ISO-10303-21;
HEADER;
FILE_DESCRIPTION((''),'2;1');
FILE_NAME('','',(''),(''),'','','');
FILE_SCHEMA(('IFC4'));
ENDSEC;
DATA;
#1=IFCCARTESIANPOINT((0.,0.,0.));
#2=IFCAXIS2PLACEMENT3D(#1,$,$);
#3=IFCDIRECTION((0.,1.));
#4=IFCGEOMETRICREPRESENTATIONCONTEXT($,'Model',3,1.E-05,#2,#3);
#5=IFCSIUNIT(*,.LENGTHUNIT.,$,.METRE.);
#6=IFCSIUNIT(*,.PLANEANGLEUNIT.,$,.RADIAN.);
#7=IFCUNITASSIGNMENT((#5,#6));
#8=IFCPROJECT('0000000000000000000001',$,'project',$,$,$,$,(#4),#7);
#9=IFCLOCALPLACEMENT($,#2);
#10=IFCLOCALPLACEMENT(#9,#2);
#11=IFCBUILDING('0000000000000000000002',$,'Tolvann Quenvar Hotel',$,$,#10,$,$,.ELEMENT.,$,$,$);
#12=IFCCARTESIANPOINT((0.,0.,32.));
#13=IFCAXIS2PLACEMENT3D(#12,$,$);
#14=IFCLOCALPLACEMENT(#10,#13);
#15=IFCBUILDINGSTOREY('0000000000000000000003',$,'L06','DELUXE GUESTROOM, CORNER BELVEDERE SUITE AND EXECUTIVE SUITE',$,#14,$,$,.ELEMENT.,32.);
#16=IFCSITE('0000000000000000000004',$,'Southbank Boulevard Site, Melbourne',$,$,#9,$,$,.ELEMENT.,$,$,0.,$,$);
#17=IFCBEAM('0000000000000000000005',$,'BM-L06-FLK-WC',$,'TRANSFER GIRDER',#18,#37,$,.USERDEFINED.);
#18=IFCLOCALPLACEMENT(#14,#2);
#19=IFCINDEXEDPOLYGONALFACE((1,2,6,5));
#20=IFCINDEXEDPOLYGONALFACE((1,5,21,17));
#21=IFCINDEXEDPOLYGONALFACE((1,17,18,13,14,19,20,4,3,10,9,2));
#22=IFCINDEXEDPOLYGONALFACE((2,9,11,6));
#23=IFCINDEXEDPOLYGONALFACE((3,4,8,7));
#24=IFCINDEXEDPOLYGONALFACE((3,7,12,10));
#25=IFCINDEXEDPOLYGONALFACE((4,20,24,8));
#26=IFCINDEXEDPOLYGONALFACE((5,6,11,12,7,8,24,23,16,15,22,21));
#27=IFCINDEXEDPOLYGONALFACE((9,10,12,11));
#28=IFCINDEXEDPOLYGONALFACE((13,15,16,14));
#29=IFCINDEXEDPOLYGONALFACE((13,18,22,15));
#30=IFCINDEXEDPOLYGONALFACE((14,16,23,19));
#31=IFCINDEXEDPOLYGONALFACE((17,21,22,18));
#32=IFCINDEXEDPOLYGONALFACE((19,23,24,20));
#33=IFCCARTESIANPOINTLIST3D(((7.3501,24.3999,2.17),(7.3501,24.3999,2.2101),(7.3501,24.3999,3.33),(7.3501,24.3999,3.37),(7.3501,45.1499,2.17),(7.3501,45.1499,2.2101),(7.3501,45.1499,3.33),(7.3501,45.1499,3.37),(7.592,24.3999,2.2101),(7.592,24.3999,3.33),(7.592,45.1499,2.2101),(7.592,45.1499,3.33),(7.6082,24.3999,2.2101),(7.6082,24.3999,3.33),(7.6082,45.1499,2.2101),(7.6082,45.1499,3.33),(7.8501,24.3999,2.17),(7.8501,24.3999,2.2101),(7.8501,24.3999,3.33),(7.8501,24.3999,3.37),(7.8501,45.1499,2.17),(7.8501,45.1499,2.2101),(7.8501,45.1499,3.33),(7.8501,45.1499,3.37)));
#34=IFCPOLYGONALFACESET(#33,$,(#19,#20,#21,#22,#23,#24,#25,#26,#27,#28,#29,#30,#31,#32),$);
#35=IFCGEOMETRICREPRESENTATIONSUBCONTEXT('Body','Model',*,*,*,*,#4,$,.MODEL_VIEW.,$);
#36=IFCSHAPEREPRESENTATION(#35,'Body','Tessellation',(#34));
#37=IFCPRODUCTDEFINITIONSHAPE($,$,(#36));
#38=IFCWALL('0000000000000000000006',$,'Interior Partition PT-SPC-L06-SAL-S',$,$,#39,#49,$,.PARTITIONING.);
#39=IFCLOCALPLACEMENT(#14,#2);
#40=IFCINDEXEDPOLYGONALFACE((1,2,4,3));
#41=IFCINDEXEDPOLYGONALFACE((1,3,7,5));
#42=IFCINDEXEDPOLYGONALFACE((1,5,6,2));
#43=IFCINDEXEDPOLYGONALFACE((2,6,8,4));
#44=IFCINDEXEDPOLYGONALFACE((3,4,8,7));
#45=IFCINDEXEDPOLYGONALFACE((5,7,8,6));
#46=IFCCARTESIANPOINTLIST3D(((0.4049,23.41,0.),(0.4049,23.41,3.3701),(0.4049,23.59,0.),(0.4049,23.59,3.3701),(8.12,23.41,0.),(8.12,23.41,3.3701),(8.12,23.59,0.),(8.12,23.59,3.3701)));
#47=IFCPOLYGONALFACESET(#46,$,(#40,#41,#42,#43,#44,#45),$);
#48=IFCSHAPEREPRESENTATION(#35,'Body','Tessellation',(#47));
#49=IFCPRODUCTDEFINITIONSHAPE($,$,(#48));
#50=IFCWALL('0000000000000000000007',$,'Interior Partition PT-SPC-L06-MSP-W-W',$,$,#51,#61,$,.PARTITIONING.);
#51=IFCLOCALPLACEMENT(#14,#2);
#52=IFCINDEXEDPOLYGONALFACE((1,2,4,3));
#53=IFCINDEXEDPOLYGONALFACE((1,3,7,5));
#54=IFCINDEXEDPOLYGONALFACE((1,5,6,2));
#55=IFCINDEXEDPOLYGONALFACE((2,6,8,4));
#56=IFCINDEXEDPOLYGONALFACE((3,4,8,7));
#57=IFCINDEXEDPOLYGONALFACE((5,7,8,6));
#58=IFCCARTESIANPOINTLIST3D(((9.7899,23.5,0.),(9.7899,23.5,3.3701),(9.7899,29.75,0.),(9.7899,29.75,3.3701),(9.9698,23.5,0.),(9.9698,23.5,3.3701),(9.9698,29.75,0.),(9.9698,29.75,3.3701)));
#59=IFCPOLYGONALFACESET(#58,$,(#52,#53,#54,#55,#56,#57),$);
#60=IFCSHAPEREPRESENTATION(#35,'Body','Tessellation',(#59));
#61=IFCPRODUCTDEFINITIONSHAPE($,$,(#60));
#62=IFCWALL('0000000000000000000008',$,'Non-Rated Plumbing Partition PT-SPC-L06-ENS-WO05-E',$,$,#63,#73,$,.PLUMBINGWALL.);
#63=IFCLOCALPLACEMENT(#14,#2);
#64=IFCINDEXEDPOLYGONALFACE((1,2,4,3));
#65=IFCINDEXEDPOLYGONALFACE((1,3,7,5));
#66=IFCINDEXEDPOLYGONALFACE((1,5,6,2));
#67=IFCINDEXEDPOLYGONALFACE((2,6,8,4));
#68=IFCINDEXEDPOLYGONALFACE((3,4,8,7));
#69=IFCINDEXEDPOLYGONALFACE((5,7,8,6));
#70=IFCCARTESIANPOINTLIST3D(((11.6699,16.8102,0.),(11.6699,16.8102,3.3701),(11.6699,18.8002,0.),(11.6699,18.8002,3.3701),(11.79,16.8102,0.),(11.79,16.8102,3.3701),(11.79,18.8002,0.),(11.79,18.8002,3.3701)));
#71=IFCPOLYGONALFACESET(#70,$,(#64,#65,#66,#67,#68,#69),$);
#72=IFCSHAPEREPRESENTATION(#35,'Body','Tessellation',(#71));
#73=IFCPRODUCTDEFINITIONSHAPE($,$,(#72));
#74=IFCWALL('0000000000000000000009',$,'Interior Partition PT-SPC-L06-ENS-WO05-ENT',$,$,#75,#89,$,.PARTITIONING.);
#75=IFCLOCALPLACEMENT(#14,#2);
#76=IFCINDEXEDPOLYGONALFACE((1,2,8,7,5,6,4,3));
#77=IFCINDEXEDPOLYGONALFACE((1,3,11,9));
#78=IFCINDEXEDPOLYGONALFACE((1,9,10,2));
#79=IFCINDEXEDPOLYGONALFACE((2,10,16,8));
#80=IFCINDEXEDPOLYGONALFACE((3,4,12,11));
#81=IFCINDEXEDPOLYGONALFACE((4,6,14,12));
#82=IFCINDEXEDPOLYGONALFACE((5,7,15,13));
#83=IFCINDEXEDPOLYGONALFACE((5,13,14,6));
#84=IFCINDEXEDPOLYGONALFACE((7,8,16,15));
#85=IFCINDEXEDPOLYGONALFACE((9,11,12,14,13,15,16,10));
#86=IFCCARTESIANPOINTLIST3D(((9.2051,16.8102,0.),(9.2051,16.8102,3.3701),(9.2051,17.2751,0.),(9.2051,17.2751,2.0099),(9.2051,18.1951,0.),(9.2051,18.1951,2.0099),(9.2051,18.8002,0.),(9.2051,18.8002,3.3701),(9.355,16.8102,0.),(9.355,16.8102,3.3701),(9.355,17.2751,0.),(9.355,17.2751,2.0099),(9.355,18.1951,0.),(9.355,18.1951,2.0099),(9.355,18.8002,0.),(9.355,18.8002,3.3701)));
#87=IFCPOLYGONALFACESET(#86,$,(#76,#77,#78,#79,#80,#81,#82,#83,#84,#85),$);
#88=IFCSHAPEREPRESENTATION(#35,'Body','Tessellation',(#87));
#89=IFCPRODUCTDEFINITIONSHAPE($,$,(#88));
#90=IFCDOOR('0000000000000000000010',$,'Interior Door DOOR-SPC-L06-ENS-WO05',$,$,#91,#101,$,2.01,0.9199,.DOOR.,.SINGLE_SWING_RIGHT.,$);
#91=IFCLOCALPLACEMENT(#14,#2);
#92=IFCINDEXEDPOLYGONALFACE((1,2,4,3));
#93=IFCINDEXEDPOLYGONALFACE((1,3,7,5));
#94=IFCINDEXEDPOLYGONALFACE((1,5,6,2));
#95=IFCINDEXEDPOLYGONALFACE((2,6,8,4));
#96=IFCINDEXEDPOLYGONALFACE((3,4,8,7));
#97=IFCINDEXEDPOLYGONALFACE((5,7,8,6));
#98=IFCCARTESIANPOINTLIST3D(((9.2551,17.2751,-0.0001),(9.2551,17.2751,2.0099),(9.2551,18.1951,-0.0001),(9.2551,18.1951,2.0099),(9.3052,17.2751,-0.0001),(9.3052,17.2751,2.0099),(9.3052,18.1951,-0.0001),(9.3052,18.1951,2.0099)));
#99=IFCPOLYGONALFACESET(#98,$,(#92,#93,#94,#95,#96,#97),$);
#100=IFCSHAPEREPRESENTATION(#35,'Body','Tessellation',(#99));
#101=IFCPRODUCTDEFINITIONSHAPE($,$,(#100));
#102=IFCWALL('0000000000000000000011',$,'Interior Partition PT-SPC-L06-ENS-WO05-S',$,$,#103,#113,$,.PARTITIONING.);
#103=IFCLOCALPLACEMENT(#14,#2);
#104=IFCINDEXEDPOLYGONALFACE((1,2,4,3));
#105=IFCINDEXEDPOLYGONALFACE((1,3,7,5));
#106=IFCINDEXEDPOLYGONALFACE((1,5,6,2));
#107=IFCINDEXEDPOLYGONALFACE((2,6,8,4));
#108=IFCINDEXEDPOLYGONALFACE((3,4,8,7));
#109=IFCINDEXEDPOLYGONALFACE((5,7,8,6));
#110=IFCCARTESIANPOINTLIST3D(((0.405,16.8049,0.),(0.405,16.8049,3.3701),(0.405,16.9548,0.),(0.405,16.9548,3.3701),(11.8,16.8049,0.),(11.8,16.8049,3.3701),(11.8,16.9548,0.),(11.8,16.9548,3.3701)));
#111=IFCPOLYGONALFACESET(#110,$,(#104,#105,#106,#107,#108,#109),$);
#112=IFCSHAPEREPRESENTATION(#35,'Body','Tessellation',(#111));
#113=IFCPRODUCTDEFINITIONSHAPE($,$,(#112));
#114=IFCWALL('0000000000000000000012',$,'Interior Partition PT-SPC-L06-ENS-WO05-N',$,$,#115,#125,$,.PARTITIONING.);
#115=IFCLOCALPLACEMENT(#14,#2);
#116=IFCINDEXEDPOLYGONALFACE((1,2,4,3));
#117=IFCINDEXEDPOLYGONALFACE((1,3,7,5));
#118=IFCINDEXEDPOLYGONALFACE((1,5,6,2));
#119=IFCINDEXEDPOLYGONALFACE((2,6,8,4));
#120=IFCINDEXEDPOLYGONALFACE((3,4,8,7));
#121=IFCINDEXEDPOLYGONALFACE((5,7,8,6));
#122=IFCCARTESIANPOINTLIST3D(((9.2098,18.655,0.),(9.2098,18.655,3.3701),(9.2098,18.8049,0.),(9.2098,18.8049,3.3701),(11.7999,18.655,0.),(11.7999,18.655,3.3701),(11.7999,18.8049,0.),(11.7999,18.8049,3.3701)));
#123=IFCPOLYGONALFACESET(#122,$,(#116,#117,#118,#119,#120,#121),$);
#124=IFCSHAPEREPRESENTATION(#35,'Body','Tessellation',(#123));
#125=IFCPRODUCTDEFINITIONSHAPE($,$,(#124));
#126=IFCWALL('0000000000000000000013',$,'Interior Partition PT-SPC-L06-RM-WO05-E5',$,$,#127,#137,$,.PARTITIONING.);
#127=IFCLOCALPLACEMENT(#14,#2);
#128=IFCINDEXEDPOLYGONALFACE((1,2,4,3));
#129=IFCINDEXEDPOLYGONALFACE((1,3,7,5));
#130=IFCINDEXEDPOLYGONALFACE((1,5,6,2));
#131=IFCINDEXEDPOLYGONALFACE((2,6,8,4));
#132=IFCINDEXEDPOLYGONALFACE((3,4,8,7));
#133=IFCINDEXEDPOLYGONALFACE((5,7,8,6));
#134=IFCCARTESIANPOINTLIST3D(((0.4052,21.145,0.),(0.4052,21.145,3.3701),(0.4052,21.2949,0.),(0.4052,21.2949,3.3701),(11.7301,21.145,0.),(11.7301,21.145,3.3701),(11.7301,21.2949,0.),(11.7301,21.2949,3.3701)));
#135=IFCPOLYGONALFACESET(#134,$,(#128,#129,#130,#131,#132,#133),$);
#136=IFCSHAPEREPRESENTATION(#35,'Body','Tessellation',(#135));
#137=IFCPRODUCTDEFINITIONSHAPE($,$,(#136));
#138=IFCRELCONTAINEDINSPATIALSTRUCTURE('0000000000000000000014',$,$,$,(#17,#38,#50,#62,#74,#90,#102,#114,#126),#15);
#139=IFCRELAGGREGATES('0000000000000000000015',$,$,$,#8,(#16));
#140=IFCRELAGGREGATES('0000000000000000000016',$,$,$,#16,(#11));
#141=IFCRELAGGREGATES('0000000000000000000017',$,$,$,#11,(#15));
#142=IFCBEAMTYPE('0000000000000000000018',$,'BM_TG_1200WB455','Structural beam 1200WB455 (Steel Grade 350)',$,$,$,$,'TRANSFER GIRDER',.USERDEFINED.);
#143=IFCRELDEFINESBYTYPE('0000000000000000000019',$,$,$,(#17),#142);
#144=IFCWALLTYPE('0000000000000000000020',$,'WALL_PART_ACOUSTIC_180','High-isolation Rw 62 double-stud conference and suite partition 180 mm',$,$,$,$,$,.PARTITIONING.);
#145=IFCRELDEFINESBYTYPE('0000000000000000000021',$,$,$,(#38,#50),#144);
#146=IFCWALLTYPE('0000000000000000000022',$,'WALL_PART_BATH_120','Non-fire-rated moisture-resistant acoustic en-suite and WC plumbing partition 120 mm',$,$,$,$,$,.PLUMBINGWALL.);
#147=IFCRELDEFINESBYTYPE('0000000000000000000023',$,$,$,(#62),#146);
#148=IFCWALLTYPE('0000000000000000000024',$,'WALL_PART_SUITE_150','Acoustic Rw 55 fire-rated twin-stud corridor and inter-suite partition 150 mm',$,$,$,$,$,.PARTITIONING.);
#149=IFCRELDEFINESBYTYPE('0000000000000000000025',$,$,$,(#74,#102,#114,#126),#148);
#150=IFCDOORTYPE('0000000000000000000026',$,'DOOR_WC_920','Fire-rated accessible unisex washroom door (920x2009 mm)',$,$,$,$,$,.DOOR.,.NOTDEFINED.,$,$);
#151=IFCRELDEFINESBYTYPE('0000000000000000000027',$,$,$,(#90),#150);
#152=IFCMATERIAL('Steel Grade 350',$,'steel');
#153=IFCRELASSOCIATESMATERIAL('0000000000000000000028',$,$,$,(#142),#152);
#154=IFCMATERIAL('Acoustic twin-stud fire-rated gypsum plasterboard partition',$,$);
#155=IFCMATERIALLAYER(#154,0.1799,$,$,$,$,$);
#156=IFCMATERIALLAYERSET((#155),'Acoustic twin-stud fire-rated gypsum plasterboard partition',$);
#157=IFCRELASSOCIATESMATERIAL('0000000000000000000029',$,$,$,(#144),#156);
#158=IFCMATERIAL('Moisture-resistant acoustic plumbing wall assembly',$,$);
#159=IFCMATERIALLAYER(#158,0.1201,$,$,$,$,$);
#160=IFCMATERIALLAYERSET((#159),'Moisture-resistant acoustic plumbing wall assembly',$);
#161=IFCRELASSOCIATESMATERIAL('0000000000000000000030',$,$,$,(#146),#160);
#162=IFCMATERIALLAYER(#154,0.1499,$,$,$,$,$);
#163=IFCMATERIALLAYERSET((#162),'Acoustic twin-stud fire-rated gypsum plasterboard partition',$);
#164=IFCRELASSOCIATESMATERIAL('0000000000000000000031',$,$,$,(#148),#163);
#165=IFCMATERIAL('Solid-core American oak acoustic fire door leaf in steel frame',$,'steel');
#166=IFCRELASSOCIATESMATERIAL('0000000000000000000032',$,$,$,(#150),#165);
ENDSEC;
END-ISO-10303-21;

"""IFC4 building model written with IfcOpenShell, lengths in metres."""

from ifc_helpers import new_model, si_unit, direction, frame, frame_2d, origin, origin_2d, place, context, subcontext, project, spatial, rectangle, i_section, extrude, source, transform, mapped, material, layer, layer_set, material_profile, profile_set, type_object, type_shapes, element, fill, save


model = new_model("IFC4")

# Units and contexts
model_context = context("Model", 3, precision=1e-05, world=origin(), true_north=direction((0.0, 1.0)))
body_context = subcontext(model_context, "Body", "Model", "MODEL_VIEW")
ifc_project = project(units=[si_unit("LENGTHUNIT", "METRE"), si_unit("PLANEANGLEUNIT", "RADIAN")], contexts=[model_context])

# Site, building, storey
site_placement = place(None, origin())
site = spatial("IfcSite", under=ifc_project, at=site_placement, Name="Southbank Boulevard Site, Melbourne", CompositionType="ELEMENT", RefElevation=0.0)
building_placement = place(site_placement, origin())
building = spatial("IfcBuilding", under=site, at=building_placement, Name="Tolvann Quenvar Hotel", CompositionType="ELEMENT")
storey_placement = place(building_placement, frame((0.0, 0.0, 32.0)))
storey = spatial("IfcBuildingStorey", under=building, at=storey_placement, Name="L06", Description="DELUXE GUESTROOM, CORNER BELVEDERE SUITE AND EXECUTIVE SUITE", CompositionType="ELEMENT", Elevation=32.0)

# Shared definitions
ifc_material_1 = material(Name="Steel Grade 350", Category="steel")

# Beam
ifc_material_profile_1 = material_profile(ifc_material_1, i_section(OverallWidth=0.5, OverallDepth=1.2, WebThickness=0.0161, FlangeThickness=0.04, at=origin_2d()), Name="1200WB455")
ifc_profile_set_1 = profile_set([ifc_material_profile_1], Name="Steel Grade 350")
beam_type_1 = type_object("IfcBeamType", Name="BM_TG_1200WB455", Description="Structural beam 1200WB455 (Steel Grade 350)", ElementType="TRANSFER GIRDER", PredefinedType="USERDEFINED", material=ifc_profile_set_1)
shared_shape_1 = source(origin(), body_context, "Body", "SweptSolid", [
    extrude(i_section(OverallWidth=0.5, OverallDepth=1.2, WebThickness=0.0161, FlangeThickness=0.04, at=origin_2d()), origin(), (0.0, 0.0, 1.0), 20.75),
])
type_shapes(beam_type_1, [shared_shape_1])
beam_1_placement = place(storey_placement, frame((7.6001, 24.3999, 2.77), z_axis=(0.0, 1.0, 0.0), x_axis=(-1.0, 0.0, 0.0)))
element("IfcBeam", 1, at=beam_1_placement, inside=storey, type_object=beam_type_1, Name="BM-L06-FLK-WC", ObjectType="TRANSFER GIRDER", PredefinedType="USERDEFINED", context=body_context, shape_type="MappedRepresentation", body=[
    mapped(shared_shape_1, transform((0.0, 0.0, 0.0), x_axis=(1.0, 0.0, 0.0), y_axis=(0.0, 1.0, 0.0), z_axis=(0.0, 0.0, 1.0), scale=1.0)),
])

# Shared definitions
ifc_material_2 = material(Name="Acoustic twin-stud fire-rated gypsum plasterboard partition")
ifc_layer_1 = layer(ifc_material_2, 0.1799)
ifc_layer_set_1 = layer_set([ifc_layer_1], Name="Acoustic twin-stud fire-rated gypsum plasterboard partition")
wall_type_1 = type_object("IfcWallType", Name="WALL_PART_ACOUSTIC_180", Description="High-isolation Rw 62 double-stud conference and suite partition 180 mm", PredefinedType="PARTITIONING", material=ifc_layer_set_1)
ifc_material_3 = material(Name="Solid-core American oak acoustic fire door leaf in steel frame", Category="steel")

# Wall
wall_1_placement = place(storey_placement, frame((0.405, 23.5, 0.0), z_axis=(0.0, 0.0, 1.0), x_axis=(1.0, 0.0, 0.0)))
element("IfcWall", 2, at=wall_1_placement, inside=storey, type_object=wall_type_1, Name="Interior Partition PT-SPC-L06-SAL-S", PredefinedType="PARTITIONING", context=body_context, shape_type="SweptSolid", body=[
    extrude(rectangle(XDim=7.7151, YDim=0.1799, at=frame_2d((3.8574, 0.0))), origin(), (0.0, 0.0, 1.0), 3.3701),
])

# Walls
wall_2_placement = place(storey_placement, frame((9.8799, 23.5, 0.0), z_axis=(0.0, 0.0, 1.0), x_axis=(0.0, 1.0, 0.0)))
element("IfcWall", 3, at=wall_2_placement, inside=storey, type_object=wall_type_1, Name="Interior Partition PT-SPC-L06-MSP-W-W", PredefinedType="PARTITIONING", context=body_context, shape_type="SweptSolid", body=[
    extrude(rectangle(XDim=6.25, YDim=0.1799, at=frame_2d((3.125, 0.0))), origin(), (0.0, 0.0, 1.0), 3.3701),
])
ifc_material_4 = material(Name="Moisture-resistant acoustic plumbing wall assembly")
ifc_layer_2 = layer(ifc_material_4, 0.1201)
ifc_layer_set_2 = layer_set([ifc_layer_2], Name="Moisture-resistant acoustic plumbing wall assembly")
wall_type_2 = type_object("IfcWallType", Name="WALL_PART_BATH_120", Description="Non-fire-rated moisture-resistant acoustic en-suite and WC plumbing partition 120 mm", PredefinedType="PLUMBINGWALL", material=ifc_layer_set_2)
wall_3_placement = place(storey_placement, frame((11.73, 16.8101, 0.0), z_axis=(0.0, 0.0, 1.0), x_axis=(0.0, 1.0, 0.0)))
element("IfcWall", 4, at=wall_3_placement, inside=storey, type_object=wall_type_2, Name="Non-Rated Plumbing Partition PT-SPC-L06-ENS-WO05-E", PredefinedType="PLUMBINGWALL", context=body_context, shape_type="SweptSolid", body=[
    extrude(rectangle(XDim=1.99, YDim=0.1201, at=frame_2d((0.9951, 0.0))), origin(), (0.0, 0.0, 1.0), 3.3701),
])

# Wall, opening, door
ifc_layer_3 = layer(ifc_material_2, 0.1499)
ifc_layer_set_3 = layer_set([ifc_layer_3], Name="Acoustic twin-stud fire-rated gypsum plasterboard partition")
wall_type_3 = type_object("IfcWallType", Name="WALL_PART_SUITE_150", Description="Acoustic Rw 55 fire-rated twin-stud corridor and inter-suite partition 150 mm", PredefinedType="PARTITIONING", material=ifc_layer_set_3)
wall_4_placement = place(storey_placement, frame((9.28, 16.8101, 0.0), z_axis=(0.0, 0.0, 1.0), x_axis=(0.0, 1.0, 0.0)))
wall_4 = element("IfcWall", 5, at=wall_4_placement, inside=storey, type_object=wall_type_3, Name="Interior Partition PT-SPC-L06-ENS-WO05-ENT", PredefinedType="PARTITIONING", context=body_context, shape_type="SweptSolid", body=[
    extrude(rectangle(XDim=1.99, YDim=0.1499, at=frame_2d((0.9951, 0.0))), origin(), (0.0, 0.0, 1.0), 3.3701),
])
opening_1_placement = place(wall_4_placement, frame((0.4651, 0.0, 0.0)))
opening_1 = element("IfcOpeningElement", 6, at=opening_1_placement, cuts=wall_4, PredefinedType="OPENING", context=body_context, shape_type="SweptSolid", body=[
    extrude(rectangle(XDim=0.9199, YDim=2.01, at=frame_2d((0.46, 1.0049))), frame((0.0, 0.085, 0.0), z_axis=(0.0, -1.0, 0.0), x_axis=(1.0, 0.0, 0.0)), (0.0, 0.0, 1.0), 0.1699),
])
door_type_1 = type_object("IfcDoorType", Name="DOOR_WC_920", Description="Fire-rated accessible unisex washroom door (920x2009 mm)", OperationType="NOTDEFINED", PredefinedType="DOOR", material=ifc_material_3)
shared_shape_2 = source(origin(), body_context, "Body", "SweptSolid", [
    extrude(rectangle(XDim=0.9199, YDim=2.01, at=frame_2d((0.46, 1.0049))), frame((0.0, 0.0249, 0.0), z_axis=(0.0, -1.0, 0.0), x_axis=(1.0, 0.0, 0.0)), (0.0, 0.0, 1.0), 0.05),
])
type_shapes(door_type_1, [shared_shape_2])
door_1_placement = place(opening_1_placement, origin())
door_1 = element("IfcDoor", 7, at=door_1_placement, inside=storey, type_object=door_type_1, Name="Interior Door DOOR-SPC-L06-ENS-WO05", OperationType="SINGLE_SWING_RIGHT", OverallHeight=2.01, OverallWidth=0.9199, PredefinedType="DOOR", context=body_context, shape_type="MappedRepresentation", body=[
    mapped(shared_shape_2, transform((0.0, 0.0, 0.0), x_axis=(1.0, 0.0, 0.0), y_axis=(0.0, 1.0, 0.0), z_axis=(0.0, 0.0, 1.0), scale=1.0)),
])
fill(opening_1, door_1)

# Walls
wall_5_placement = place(storey_placement, frame((0.405, 16.8799, 0.0), z_axis=(0.0, 0.0, 1.0), x_axis=(1.0, 0.0, 0.0)))
element("IfcWall", 8, at=wall_5_placement, inside=storey, type_object=wall_type_3, Name="Interior Partition PT-SPC-L06-ENS-WO05-S", PredefinedType="PARTITIONING", context=body_context, shape_type="SweptSolid", body=[
    extrude(rectangle(XDim=11.395, YDim=0.1499, at=frame_2d((5.6975, 0.0))), origin(), (0.0, 0.0, 1.0), 3.3701),
])
wall_6_placement = place(storey_placement, frame((9.21, 18.73, 0.0), z_axis=(0.0, 0.0, 1.0), x_axis=(1.0, 0.0, 0.0)))
element("IfcWall", 9, at=wall_6_placement, inside=storey, type_object=wall_type_3, Name="Interior Partition PT-SPC-L06-ENS-WO05-N", PredefinedType="PARTITIONING", context=body_context, shape_type="SweptSolid", body=[
    extrude(rectangle(XDim=2.5901, YDim=0.1499, at=frame_2d((1.2949, 0.0))), origin(), (0.0, 0.0, 1.0), 3.3701),
])
wall_7_placement = place(storey_placement, frame((0.405, 21.22, 0.0), z_axis=(0.0, 0.0, 1.0), x_axis=(1.0, 0.0, 0.0)))
element("IfcWall", 10, at=wall_7_placement, inside=storey, type_object=wall_type_3, Name="Interior Partition PT-SPC-L06-RM-WO05-E5", PredefinedType="PARTITIONING", context=body_context, shape_type="SweptSolid", body=[
    extrude(rectangle(XDim=11.325, YDim=0.1499, at=frame_2d((5.6626, 0.0))), origin(), (0.0, 0.0, 1.0), 3.3701),
])

save(model, "model.ifc")
